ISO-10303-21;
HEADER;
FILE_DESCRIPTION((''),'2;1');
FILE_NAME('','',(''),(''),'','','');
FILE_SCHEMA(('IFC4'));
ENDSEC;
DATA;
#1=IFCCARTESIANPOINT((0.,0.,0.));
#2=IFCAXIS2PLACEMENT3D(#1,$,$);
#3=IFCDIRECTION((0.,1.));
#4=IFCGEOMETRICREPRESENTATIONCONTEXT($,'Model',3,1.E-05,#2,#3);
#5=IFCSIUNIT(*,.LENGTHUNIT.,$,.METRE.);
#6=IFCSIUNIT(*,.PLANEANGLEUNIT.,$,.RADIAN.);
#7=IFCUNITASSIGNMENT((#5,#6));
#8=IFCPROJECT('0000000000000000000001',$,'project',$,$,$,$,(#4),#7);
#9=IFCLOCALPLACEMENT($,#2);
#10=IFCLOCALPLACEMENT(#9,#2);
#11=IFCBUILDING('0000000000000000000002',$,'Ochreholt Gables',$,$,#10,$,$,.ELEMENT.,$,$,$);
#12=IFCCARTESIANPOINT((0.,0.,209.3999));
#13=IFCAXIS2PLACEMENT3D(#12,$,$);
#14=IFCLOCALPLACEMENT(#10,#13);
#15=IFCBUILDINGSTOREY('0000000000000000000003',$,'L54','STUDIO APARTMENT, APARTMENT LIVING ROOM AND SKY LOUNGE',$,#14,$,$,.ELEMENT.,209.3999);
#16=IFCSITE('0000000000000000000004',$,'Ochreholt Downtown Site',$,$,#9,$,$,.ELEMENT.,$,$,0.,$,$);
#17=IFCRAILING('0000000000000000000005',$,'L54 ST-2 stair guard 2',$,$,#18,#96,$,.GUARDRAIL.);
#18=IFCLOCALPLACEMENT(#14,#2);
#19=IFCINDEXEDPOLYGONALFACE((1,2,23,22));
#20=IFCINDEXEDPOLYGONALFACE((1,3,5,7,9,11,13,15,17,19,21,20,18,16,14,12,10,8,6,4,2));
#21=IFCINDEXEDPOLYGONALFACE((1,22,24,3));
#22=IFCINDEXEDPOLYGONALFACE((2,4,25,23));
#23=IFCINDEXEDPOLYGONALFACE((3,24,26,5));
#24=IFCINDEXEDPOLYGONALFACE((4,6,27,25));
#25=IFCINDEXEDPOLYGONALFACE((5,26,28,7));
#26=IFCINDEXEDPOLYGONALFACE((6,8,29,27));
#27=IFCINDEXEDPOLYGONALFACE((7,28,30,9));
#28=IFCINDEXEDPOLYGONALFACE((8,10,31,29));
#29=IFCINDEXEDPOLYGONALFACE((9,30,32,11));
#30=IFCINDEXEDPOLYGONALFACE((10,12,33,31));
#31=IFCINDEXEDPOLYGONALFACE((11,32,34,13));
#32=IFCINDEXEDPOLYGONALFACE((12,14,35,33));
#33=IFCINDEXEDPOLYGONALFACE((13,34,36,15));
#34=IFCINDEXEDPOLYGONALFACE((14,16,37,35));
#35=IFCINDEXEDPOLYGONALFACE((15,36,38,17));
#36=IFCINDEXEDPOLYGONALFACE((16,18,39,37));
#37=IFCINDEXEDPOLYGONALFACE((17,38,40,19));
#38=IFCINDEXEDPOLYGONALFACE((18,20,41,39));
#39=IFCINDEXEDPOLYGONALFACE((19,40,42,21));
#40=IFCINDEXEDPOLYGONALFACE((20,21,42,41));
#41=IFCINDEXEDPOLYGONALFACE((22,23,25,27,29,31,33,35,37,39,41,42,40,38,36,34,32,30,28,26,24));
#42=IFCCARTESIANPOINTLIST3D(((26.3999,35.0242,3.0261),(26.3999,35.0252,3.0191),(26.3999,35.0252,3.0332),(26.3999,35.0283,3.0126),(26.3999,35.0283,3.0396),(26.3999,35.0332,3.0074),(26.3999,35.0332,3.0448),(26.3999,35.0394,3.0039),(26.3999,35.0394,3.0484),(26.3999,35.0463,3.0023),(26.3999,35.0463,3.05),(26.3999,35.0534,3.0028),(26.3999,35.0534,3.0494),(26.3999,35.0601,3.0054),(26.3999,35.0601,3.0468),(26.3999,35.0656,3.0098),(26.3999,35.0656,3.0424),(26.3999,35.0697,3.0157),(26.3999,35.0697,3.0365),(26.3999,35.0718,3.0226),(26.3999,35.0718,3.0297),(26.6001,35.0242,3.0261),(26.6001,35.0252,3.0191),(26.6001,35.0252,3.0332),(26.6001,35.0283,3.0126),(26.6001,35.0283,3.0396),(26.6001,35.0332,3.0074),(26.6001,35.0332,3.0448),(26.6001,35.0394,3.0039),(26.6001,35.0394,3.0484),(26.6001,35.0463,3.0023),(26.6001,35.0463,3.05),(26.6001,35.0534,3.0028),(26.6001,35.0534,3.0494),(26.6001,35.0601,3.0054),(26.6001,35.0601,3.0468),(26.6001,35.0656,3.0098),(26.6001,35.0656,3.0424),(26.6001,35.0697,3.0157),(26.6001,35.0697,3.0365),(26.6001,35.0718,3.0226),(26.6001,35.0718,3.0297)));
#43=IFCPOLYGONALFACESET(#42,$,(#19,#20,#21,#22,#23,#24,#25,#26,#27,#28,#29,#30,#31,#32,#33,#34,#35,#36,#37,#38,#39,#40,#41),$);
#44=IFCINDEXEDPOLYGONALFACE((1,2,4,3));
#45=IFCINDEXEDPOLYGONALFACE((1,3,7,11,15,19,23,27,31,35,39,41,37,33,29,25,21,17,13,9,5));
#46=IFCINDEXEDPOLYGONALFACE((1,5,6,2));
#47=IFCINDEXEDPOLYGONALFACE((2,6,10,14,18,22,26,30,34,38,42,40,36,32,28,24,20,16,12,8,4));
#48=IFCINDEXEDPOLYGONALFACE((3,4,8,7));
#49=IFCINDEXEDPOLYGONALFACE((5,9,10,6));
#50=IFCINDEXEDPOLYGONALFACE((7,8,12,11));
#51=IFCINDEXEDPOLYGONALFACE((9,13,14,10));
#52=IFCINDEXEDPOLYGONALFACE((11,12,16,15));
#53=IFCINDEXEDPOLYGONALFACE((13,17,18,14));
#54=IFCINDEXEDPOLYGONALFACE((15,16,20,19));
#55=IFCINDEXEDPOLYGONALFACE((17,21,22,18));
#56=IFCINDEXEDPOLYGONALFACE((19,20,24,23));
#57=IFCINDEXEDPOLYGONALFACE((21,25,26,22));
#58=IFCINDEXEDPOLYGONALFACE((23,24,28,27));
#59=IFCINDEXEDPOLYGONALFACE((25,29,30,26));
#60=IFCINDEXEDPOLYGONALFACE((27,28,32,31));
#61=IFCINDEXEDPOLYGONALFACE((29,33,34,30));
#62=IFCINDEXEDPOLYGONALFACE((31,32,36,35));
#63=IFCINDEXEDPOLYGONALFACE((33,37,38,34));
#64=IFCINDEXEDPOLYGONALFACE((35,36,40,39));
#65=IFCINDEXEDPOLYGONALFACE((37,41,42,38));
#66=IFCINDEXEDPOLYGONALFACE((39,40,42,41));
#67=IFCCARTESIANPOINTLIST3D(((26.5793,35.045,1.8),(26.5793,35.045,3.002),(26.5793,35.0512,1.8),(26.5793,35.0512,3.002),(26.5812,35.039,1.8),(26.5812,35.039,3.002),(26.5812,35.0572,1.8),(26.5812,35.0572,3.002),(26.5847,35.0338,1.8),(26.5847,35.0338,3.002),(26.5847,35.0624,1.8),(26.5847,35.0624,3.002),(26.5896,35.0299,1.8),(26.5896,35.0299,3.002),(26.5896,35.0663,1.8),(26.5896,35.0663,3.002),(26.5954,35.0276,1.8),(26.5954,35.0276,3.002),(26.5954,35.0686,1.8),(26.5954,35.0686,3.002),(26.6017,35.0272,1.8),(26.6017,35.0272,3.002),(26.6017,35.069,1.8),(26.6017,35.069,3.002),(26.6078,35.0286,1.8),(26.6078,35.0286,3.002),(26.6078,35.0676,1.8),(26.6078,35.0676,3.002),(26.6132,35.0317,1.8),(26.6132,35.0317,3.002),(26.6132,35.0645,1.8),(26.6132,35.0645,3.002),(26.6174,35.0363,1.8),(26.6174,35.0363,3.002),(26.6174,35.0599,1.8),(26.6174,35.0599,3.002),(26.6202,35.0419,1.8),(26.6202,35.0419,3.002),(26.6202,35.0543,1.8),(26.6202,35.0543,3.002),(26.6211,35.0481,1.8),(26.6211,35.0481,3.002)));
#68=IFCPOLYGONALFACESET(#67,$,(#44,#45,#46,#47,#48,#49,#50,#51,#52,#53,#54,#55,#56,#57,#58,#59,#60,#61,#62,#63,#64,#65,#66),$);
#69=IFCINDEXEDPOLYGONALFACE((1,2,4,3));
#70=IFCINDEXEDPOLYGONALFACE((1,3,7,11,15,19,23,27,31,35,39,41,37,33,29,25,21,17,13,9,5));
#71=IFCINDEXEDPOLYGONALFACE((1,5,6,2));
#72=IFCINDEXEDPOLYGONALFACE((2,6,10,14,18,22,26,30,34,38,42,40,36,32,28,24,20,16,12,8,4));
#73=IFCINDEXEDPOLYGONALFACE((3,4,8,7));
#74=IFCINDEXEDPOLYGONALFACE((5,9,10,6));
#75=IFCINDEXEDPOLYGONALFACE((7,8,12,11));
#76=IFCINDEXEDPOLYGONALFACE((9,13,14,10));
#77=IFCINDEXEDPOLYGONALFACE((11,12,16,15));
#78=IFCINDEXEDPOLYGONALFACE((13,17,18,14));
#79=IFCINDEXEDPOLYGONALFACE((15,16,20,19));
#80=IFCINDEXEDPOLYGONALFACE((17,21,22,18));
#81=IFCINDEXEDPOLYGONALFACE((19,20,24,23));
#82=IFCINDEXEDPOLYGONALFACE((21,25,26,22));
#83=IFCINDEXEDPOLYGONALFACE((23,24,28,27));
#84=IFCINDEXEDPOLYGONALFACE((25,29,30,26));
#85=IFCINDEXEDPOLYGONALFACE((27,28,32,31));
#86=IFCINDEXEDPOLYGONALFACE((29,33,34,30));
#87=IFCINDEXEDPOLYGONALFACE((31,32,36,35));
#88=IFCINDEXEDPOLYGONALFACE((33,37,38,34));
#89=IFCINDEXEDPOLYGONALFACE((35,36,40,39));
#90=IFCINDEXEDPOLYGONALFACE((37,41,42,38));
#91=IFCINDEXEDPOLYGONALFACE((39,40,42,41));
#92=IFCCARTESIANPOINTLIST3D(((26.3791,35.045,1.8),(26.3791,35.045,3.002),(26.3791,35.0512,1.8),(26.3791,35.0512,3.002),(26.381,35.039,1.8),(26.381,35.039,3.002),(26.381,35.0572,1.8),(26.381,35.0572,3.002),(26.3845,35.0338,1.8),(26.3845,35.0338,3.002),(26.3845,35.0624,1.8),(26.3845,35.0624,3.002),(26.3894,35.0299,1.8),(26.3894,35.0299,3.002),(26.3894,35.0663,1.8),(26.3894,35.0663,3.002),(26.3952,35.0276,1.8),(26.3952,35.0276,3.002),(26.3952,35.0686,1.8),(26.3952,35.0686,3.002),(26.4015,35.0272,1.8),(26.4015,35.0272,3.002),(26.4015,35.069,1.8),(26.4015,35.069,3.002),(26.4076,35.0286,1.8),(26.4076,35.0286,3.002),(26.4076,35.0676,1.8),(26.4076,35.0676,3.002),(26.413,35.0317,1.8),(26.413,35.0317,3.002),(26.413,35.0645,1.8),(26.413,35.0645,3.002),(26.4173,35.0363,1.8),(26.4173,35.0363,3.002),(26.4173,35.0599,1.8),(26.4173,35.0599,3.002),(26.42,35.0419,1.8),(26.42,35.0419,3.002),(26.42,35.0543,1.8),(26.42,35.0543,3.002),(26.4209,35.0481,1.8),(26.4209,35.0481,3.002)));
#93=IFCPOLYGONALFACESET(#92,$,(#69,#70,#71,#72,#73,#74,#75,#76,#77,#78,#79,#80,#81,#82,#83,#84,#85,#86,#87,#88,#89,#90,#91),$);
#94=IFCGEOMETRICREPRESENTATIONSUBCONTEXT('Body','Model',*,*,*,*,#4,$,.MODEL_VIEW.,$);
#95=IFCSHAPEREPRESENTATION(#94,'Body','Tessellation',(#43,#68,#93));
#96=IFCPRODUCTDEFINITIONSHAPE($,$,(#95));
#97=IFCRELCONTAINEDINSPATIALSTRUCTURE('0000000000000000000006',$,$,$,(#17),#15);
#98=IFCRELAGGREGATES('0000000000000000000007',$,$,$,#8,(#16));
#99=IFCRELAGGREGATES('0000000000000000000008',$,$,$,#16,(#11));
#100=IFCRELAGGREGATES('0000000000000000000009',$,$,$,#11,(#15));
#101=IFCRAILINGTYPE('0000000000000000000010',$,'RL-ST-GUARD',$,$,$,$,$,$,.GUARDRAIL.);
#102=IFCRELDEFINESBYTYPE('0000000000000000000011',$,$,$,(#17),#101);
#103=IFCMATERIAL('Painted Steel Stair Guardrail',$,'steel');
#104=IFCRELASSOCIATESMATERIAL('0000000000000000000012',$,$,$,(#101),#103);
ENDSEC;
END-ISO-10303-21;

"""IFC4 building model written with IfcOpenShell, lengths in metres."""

from ifc_helpers import new_model, si_unit, direction, frame, origin, origin_2d, place, context, subcontext, project, spatial, circle, extrude, material, type_object, element, save


model = new_model("IFC4")

# Units and contexts
model_context = context("Model", 3, precision=1e-05, world=origin(), true_north=direction((0.0, 1.0)))
body_context = subcontext(model_context, "Body", "Model", "MODEL_VIEW")
ifc_project = project(units=[si_unit("LENGTHUNIT", "METRE"), si_unit("PLANEANGLEUNIT", "RADIAN")], contexts=[model_context])

# Site, building, storey
site_placement = place(None, origin())
site = spatial("IfcSite", under=ifc_project, at=site_placement, Name="Ochreholt Downtown Site", CompositionType="ELEMENT", RefElevation=0.0)
building_placement = place(site_placement, origin())
building = spatial("IfcBuilding", under=site, at=building_placement, Name="Ochreholt Gables", CompositionType="ELEMENT")
storey_placement = place(building_placement, frame((0.0, 0.0, 209.3999)))
storey = spatial("IfcBuildingStorey", under=building, at=storey_placement, Name="L54", Description="STUDIO APARTMENT, APARTMENT LIVING ROOM AND SKY LOUNGE", CompositionType="ELEMENT", Elevation=209.3999)

# Railing
ifc_material_1 = material(Name="Painted Steel Stair Guardrail", Category="steel")
railing_type_1 = type_object("IfcRailingType", Name="RL-ST-GUARD", PredefinedType="GUARDRAIL", material=ifc_material_1)
railing_1_placement = place(storey_placement, frame((26.6001, 35.0481, 1.8)))
element("IfcRailing", 1, at=railing_1_placement, inside=storey, type_object=railing_type_1, Name="L54 ST-2 stair guard 2", PredefinedType="GUARDRAIL", context=body_context, shape_type="SweptSolid", body=[
    extrude(circle(Radius=0.0239, at=origin_2d()), frame((0.0, 0.0, 1.2261), z_axis=(-1.0, 0.0, 0.0), x_axis=(0.0, -1.0, 0.0)), (0.0, 0.0, 1.0), 0.2002),
    extrude(circle(Radius=0.021, at=origin_2d()), origin(), (0.0, 0.0, 1.0), 1.2019),
    extrude(circle(Radius=0.021, at=origin_2d()), frame((-0.2002, 0.0, 0.0)), (0.0, 0.0, 1.0), 1.2019),
])

save(model, "model.ifc")
